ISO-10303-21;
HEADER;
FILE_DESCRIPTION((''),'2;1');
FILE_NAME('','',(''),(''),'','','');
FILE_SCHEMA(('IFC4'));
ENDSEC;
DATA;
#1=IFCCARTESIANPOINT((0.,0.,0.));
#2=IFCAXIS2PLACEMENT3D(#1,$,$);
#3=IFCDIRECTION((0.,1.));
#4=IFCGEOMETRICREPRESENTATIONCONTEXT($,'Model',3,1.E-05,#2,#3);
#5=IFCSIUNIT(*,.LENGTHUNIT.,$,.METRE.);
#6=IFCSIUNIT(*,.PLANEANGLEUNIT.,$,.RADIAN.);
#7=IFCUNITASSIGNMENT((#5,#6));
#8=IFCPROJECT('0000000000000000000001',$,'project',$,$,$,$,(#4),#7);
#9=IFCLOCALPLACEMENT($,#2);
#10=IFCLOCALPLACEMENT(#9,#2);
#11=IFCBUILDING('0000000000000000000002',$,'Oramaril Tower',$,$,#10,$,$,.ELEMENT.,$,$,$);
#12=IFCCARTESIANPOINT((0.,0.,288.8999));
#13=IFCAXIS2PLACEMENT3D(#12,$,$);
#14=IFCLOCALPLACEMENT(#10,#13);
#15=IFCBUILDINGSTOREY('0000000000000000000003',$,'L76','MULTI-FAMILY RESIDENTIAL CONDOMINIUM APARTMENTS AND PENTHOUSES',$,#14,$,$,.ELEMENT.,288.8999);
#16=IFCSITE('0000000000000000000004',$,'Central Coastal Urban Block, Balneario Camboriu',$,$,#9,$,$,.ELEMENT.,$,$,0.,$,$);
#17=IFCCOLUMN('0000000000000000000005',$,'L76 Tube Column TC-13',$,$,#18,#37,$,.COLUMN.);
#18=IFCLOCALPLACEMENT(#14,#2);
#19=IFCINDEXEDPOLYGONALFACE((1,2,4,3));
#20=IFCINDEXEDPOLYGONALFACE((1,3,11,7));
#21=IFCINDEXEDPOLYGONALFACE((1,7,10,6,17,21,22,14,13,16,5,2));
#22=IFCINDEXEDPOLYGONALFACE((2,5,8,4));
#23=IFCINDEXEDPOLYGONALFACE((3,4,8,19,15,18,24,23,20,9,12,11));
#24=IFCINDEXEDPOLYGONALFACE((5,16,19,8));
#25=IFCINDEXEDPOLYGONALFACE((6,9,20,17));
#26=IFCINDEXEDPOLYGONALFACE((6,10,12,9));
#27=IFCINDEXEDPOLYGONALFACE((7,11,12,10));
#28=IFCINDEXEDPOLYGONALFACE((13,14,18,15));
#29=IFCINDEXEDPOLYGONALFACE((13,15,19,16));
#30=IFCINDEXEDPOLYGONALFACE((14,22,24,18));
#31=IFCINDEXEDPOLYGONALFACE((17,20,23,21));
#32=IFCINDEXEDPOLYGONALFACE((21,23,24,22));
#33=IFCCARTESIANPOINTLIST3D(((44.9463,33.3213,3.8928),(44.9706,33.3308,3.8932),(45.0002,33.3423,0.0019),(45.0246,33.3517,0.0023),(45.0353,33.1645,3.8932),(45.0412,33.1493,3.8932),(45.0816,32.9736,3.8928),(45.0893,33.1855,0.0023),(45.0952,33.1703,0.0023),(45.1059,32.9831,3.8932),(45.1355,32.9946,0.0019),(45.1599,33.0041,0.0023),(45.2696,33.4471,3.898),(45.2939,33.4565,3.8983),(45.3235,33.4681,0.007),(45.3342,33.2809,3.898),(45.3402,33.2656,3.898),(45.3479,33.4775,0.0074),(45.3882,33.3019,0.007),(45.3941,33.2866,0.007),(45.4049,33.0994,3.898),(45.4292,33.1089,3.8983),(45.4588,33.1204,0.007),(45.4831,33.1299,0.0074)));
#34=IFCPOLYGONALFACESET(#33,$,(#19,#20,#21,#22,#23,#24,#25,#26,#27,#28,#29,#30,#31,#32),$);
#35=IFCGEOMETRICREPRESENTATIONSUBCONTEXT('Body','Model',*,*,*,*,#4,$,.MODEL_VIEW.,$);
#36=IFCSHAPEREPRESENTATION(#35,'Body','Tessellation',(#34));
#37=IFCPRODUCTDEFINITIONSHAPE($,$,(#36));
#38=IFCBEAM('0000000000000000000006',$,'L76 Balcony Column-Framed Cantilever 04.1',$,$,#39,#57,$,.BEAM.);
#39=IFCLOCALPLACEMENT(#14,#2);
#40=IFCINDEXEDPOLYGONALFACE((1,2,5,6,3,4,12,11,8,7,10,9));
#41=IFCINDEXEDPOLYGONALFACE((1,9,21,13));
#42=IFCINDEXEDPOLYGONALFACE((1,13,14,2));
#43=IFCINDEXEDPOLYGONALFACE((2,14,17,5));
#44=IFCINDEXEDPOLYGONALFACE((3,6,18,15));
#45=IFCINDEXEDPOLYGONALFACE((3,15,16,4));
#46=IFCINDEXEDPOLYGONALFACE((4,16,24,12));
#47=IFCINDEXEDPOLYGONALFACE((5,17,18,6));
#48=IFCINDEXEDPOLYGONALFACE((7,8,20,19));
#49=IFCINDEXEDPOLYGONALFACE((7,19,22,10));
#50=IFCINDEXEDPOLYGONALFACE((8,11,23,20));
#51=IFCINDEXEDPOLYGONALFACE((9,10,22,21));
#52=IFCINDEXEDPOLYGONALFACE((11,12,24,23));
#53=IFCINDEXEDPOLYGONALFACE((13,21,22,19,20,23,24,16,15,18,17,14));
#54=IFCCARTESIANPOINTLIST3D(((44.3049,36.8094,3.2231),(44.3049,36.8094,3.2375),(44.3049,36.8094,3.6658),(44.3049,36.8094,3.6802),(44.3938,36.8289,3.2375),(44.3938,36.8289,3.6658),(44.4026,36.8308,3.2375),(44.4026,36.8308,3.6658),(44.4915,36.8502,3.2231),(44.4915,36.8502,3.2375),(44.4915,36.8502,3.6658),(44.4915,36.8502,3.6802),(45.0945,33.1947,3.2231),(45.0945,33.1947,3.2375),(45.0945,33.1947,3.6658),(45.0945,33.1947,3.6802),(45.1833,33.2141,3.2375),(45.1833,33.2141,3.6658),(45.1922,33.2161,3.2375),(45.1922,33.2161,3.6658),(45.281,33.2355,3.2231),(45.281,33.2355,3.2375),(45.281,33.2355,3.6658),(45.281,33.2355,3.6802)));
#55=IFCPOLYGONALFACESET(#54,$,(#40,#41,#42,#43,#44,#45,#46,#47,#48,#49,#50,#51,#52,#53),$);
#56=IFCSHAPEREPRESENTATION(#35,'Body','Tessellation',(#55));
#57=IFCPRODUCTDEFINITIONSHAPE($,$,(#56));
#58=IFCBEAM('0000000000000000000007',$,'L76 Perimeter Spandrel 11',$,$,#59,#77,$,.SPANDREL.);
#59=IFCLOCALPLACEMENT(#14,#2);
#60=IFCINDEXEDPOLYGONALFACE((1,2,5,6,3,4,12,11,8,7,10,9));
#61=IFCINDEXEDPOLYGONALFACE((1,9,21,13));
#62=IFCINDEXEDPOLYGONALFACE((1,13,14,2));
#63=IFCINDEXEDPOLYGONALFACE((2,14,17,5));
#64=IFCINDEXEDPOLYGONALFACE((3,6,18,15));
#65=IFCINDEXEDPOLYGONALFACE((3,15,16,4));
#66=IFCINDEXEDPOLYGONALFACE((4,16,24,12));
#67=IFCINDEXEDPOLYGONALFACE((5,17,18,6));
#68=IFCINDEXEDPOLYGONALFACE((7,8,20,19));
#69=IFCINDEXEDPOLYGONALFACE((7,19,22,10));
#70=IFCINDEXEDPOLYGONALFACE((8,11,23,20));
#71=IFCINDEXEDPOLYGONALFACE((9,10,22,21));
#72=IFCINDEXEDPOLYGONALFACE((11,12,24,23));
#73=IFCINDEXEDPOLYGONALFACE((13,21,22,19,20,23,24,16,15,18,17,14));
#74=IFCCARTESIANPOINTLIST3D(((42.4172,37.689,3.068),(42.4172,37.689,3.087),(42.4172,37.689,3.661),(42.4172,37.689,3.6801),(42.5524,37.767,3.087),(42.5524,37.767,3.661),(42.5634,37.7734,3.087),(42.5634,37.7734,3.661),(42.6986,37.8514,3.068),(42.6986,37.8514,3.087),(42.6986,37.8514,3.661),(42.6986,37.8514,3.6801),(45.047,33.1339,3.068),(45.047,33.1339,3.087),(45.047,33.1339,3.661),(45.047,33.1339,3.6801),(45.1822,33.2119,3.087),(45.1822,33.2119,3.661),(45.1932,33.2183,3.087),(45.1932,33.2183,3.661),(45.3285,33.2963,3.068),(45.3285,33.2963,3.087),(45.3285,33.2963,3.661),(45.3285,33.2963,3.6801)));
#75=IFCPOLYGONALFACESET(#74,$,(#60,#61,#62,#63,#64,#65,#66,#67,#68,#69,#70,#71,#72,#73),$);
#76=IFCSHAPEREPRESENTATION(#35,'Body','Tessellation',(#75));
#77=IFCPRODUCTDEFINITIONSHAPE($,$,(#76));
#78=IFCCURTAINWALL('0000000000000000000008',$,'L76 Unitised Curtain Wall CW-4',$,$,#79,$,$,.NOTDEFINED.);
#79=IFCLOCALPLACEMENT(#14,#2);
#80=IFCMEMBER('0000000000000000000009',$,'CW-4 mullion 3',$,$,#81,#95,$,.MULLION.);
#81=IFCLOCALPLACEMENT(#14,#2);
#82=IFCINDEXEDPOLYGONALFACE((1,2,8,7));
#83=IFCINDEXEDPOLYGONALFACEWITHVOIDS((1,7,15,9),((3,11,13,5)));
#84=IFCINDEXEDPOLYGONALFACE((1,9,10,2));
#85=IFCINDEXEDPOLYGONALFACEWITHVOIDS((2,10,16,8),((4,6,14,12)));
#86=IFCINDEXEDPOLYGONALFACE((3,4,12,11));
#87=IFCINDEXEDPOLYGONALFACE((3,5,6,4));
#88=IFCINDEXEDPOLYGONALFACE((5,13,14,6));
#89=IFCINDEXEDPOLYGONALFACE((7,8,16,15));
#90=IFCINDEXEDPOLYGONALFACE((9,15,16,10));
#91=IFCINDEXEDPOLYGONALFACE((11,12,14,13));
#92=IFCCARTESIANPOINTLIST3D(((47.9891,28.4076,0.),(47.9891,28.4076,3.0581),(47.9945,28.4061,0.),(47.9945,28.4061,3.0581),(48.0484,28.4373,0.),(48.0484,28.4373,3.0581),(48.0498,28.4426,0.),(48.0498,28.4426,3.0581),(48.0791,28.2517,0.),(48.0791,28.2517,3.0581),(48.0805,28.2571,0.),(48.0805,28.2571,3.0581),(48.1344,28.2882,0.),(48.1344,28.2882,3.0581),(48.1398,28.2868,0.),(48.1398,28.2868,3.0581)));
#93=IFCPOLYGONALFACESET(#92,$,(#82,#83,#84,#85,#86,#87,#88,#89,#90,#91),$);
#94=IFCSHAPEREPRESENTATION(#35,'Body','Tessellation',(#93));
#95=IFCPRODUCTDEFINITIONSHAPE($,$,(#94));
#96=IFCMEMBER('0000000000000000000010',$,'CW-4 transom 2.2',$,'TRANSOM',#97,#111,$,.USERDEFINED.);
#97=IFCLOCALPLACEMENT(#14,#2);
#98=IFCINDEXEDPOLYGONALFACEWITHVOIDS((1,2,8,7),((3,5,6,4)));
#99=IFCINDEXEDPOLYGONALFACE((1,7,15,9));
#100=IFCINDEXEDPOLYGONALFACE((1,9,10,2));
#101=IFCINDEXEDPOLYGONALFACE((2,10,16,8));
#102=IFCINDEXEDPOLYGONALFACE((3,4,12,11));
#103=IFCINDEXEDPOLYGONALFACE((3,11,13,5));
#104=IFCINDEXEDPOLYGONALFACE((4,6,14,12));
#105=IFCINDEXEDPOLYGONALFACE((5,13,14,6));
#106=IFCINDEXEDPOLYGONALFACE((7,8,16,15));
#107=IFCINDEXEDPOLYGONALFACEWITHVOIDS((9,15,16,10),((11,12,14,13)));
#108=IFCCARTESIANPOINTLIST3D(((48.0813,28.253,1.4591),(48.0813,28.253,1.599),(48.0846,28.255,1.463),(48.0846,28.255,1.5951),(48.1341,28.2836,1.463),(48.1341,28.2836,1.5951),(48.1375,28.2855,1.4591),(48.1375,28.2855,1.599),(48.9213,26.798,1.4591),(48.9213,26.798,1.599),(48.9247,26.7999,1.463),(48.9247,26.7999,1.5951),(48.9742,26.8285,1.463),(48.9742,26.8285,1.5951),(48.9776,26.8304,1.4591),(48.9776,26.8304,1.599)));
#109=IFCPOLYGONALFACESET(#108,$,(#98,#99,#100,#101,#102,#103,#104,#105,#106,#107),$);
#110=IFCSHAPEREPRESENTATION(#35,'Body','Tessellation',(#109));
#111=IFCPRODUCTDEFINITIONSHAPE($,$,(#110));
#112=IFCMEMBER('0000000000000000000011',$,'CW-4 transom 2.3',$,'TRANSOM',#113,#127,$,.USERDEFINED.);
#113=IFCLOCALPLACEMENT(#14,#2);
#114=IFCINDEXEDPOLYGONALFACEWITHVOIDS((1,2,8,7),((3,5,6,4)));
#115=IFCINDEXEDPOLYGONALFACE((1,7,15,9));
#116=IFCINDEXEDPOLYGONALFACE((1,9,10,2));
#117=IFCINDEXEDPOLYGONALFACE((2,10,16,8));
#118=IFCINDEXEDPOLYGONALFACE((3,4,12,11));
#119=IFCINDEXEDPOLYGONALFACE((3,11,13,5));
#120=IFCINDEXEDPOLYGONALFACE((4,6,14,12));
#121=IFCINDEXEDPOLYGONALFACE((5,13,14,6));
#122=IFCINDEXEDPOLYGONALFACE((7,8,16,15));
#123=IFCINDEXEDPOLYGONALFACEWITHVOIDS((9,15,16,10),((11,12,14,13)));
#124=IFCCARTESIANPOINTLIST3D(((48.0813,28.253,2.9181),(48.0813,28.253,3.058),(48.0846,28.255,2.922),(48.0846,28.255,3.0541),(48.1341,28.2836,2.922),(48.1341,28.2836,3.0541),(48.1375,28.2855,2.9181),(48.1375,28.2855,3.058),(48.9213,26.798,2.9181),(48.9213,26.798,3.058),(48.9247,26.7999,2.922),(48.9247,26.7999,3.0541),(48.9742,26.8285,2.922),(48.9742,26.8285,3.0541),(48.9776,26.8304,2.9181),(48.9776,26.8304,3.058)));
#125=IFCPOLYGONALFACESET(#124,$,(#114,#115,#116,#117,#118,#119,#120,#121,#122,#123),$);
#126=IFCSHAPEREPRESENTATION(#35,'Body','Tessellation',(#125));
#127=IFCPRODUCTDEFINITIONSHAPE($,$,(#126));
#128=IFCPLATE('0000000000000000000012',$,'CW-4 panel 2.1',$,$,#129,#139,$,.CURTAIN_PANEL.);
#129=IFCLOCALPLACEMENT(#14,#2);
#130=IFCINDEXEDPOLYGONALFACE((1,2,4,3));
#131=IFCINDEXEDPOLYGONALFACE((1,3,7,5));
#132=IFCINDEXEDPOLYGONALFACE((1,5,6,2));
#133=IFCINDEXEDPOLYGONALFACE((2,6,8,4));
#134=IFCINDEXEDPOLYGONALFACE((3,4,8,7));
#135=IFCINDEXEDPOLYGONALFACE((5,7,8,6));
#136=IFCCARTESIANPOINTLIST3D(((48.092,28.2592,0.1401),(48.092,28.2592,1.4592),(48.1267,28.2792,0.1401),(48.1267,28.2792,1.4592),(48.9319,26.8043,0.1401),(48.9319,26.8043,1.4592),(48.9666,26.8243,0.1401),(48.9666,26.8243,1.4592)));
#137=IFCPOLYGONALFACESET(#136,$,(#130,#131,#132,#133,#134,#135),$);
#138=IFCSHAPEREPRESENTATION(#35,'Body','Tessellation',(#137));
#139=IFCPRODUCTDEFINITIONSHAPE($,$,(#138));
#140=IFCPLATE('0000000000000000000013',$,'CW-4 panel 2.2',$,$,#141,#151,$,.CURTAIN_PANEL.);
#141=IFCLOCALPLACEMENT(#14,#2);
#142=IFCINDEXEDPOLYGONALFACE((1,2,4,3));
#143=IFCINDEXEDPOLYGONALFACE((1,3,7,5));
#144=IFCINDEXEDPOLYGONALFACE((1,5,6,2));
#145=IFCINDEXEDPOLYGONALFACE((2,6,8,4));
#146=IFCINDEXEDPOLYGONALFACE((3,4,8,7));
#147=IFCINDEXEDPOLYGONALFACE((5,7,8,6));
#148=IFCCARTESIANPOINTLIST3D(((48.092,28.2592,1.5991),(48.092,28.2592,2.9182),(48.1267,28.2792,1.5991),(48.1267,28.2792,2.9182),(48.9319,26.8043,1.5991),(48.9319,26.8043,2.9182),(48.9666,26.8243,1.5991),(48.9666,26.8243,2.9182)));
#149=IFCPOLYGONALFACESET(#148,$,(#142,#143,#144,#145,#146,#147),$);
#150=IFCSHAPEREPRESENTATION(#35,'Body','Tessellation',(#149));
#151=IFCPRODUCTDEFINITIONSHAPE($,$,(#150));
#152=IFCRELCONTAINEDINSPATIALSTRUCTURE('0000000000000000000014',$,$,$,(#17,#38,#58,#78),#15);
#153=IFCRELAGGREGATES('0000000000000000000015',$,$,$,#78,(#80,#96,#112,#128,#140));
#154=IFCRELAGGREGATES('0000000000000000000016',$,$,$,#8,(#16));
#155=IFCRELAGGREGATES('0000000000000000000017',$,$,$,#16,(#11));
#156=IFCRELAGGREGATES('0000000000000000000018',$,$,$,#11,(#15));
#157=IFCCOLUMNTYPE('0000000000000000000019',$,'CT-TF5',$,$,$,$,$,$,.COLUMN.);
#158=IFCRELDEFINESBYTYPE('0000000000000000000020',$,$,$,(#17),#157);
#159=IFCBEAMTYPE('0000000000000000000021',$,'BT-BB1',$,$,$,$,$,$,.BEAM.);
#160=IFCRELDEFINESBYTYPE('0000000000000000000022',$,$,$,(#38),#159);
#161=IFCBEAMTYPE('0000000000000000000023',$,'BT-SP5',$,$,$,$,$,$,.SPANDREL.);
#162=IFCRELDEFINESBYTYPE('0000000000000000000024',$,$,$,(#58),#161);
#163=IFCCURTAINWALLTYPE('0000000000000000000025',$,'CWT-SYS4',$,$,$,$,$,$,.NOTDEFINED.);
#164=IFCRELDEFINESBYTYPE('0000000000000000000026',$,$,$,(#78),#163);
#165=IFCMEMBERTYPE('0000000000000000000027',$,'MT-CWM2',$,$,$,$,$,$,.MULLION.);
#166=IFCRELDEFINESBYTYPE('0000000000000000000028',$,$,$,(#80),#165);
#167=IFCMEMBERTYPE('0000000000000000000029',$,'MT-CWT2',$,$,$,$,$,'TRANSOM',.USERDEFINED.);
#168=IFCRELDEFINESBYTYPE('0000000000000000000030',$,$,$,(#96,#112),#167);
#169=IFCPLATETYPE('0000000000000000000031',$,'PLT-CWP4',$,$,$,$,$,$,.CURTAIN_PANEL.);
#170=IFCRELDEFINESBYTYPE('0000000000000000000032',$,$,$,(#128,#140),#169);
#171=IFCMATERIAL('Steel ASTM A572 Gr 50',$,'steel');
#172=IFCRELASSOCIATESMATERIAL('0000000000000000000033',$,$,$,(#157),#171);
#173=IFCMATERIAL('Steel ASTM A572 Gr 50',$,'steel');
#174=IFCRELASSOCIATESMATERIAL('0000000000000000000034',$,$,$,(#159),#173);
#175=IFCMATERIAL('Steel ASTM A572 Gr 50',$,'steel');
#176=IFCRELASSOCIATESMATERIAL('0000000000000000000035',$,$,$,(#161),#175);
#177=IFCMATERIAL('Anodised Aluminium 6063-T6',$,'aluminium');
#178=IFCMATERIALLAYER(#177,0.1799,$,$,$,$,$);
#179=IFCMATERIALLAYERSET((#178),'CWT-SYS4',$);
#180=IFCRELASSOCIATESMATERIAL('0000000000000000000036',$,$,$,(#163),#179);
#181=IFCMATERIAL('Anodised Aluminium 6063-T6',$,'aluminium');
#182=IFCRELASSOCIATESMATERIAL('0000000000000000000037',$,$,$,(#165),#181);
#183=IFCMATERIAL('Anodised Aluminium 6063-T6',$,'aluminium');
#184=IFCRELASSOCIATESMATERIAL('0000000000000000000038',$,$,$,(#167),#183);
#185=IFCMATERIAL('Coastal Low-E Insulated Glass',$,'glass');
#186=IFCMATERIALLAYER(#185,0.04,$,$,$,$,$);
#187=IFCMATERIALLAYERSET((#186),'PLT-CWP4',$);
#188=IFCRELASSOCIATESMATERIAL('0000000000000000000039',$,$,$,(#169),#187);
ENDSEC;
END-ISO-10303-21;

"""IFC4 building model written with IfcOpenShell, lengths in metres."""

from ifc_helpers import new_model, si_unit, direction, frame, origin, origin_2d, place, context, subcontext, project, spatial, rectangle, hollow_rectangle, i_section, extrude, material, layer, layer_set, material_profile, profile_set, type_object, element, aggregate, save


model = new_model("IFC4")

# Units and contexts
model_context = context("Model", 3, precision=1e-05, world=origin(), true_north=direction((0.0, 1.0)))
body_context = subcontext(model_context, "Body", "Model", "MODEL_VIEW")
ifc_project = project(units=[si_unit("LENGTHUNIT", "METRE"), si_unit("PLANEANGLEUNIT", "RADIAN")], contexts=[model_context])

# Site, building, storey
site_placement = place(None, origin())
site = spatial("IfcSite", under=ifc_project, at=site_placement, Name="Central Coastal Urban Block, Balneario Camboriu", CompositionType="ELEMENT", RefElevation=0.0)
building_placement = place(site_placement, origin())
building = spatial("IfcBuilding", under=site, at=building_placement, Name="Oramaril Tower", CompositionType="ELEMENT")
storey_placement = place(building_placement, frame((0.0, 0.0, 288.8999)))
storey = spatial("IfcBuildingStorey", under=building, at=storey_placement, Name="L76", Description="MULTI-FAMILY RESIDENTIAL CONDOMINIUM APARTMENTS AND PENTHOUSES", CompositionType="ELEMENT", Elevation=288.8999)

# Column
ifc_material_1 = material(Name="Steel ASTM A572 Gr 50", Category="steel")
ifc_material_profile_1 = material_profile(ifc_material_1, i_section(OverallWidth=0.373, OverallDepth=0.373, WebThickness=0.0164, FlangeThickness=0.0261, at=origin_2d()), Name="W14X132")
ifc_profile_set_1 = profile_set([ifc_material_profile_1], Name="Steel ASTM A572 Gr 50")
column_type = type_object("IfcColumnType", Name="CT-TF5", PredefinedType="COLUMN", material=ifc_profile_set_1)
column_placement = place(storey_placement, frame((45.2417, 33.2361, 0.0046), z_axis=(-0.013866, -0.005396, 0.999889), x_axis=(0.36265, -0.931926, 0.0)))
element("IfcColumn", 1, at=column_placement, inside=storey, type_object=column_type, Name="L76 Tube Column TC-13", PredefinedType="COLUMN", context=body_context, shape_type="SweptSolid", body=[
    extrude(i_section(OverallWidth=0.373, OverallDepth=0.373, WebThickness=0.0164, FlangeThickness=0.0261, at=origin_2d()), origin(), (0.0, 0.0, 1.0), 3.8914),
])

# Beams
ifc_material_2 = material(Name="Steel ASTM A572 Gr 50", Category="steel")
ifc_material_profile_2 = material_profile(ifc_material_2, i_section(OverallWidth=0.1909, OverallDepth=0.457, WebThickness=0.009, FlangeThickness=0.0144, at=origin_2d()), Name="W18X50")
ifc_profile_set_2 = profile_set([ifc_material_profile_2], Name="Steel ASTM A572 Gr 50")
beam_type_1 = type_object("IfcBeamType", Name="BT-BB1", PredefinedType="BEAM", material=ifc_profile_set_2)
beam_1_placement = place(storey_placement, frame((45.1877, 33.2151, 3.4517), z_axis=(-0.213394, 0.976966, 0.0), x_axis=(-0.976966, -0.213394, 0.0)))
element("IfcBeam", 2, at=beam_1_placement, inside=storey, type_object=beam_type_1, Name="L76 Balcony Column-Framed Cantilever 04.1", PredefinedType="BEAM", context=body_context, shape_type="SweptSolid", body=[
    extrude(i_section(OverallWidth=0.1909, OverallDepth=0.457, WebThickness=0.009, FlangeThickness=0.0144, at=origin_2d()), origin(), (0.0, 0.0, 1.0), 3.7),
])
ifc_material_3 = material(Name="Steel ASTM A572 Gr 50", Category="steel")
ifc_material_profile_3 = material_profile(ifc_material_3, i_section(OverallWidth=0.325, OverallDepth=0.6121, WebThickness=0.0127, FlangeThickness=0.019, at=origin_2d()), Name="W24X104")
ifc_profile_set_3 = profile_set([ifc_material_profile_3], Name="Steel ASTM A572 Gr 50")
beam_type_2 = type_object("IfcBeamType", Name="BT-SP5", PredefinedType="SPANDREL", material=ifc_profile_set_3)
beam_2_placement = place(storey_placement, frame((45.1877, 33.2151, 3.374), z_axis=(-0.499993, 0.866029, 0.0), x_axis=(-0.866029, -0.499993, 0.0)))
element("IfcBeam", 3, at=beam_2_placement, inside=storey, type_object=beam_type_2, Name="L76 Perimeter Spandrel 11", PredefinedType="SPANDREL", context=body_context, shape_type="SweptSolid", body=[
    extrude(i_section(OverallWidth=0.325, OverallDepth=0.6121, WebThickness=0.0127, FlangeThickness=0.019, at=origin_2d()), origin(), (0.0, 0.0, 1.0), 5.2598),
])

# Curtain wall, members, plates
ifc_material_4 = material(Name="Anodised Aluminium 6063-T6", Category="aluminium")
ifc_layer_1 = layer(ifc_material_4, 0.1799)
ifc_layer_set_1 = layer_set([ifc_layer_1], Name="CWT-SYS4")
curtain_wall_type = type_object("IfcCurtainWallType", Name="CWT-SYS4", PredefinedType="NOTDEFINED", material=ifc_layer_set_1)
curtain_wall_placement = place(storey_placement, origin())
curtain_wall = element("IfcCurtainWall", 4, at=curtain_wall_placement, inside=storey, type_object=curtain_wall_type, Name="L76 Unitised Curtain Wall CW-4", PredefinedType="NOTDEFINED")
ifc_material_5 = material(Name="Anodised Aluminium 6063-T6", Category="aluminium")
ifc_material_profile_4 = material_profile(ifc_material_5, hollow_rectangle(XDim=0.0701, YDim=0.1799, WallThickness=0.0039, at=origin_2d()), Name="CWM180X70")
ifc_profile_set_4 = profile_set([ifc_material_profile_4], Name="Anodised Aluminium 6063-T6")
member_type_1 = type_object("IfcMemberType", Name="MT-CWM2", PredefinedType="MULLION", material=ifc_profile_set_4)
member_1_placement = place(storey_placement, frame((48.0645, 28.3472, 0.0), z_axis=(0.0, 0.0, 1.0), x_axis=(-0.866025, -0.5, 0.0)))
member_1 = element("IfcMember", 5, at=member_1_placement, type_object=member_type_1, Name="CW-4 mullion 3", PredefinedType="MULLION", context=body_context, shape_type="SweptSolid", body=[
    extrude(hollow_rectangle(XDim=0.0701, YDim=0.1799, WallThickness=0.0039, at=origin_2d()), origin(), (0.0, 0.0, 1.0), 3.0581),
])
ifc_material_6 = material(Name="Anodised Aluminium 6063-T6", Category="aluminium")
ifc_material_profile_5 = material_profile(ifc_material_6, hollow_rectangle(XDim=0.0649, YDim=0.1399, WallThickness=0.0039, at=origin_2d()), Name="CWT140X65")
ifc_profile_set_5 = profile_set([ifc_material_profile_5], Name="Anodised Aluminium 6063-T6")
member_type_2 = type_object("IfcMemberType", Name="MT-CWT2", ElementType="TRANSOM", PredefinedType="USERDEFINED", material=ifc_profile_set_5)
member_2_placement = place(storey_placement, frame((48.9495, 26.8142, 1.5291), z_axis=(-0.499999, 0.866026, 0.0), x_axis=(-0.866026, -0.499999, 0.0)))
member_2 = element("IfcMember", 6, at=member_2_placement, type_object=member_type_2, Name="CW-4 transom 2.2", ObjectType="TRANSOM", PredefinedType="USERDEFINED", context=body_context, shape_type="SweptSolid", body=[
    extrude(hollow_rectangle(XDim=0.0649, YDim=0.1399, WallThickness=0.0039, at=origin_2d()), origin(), (0.0, 0.0, 1.0), 1.6802),
])
member_3_placement = place(storey_placement, frame((48.9495, 26.8142, 2.988), z_axis=(-0.499999, 0.866026, 0.0), x_axis=(-0.866026, -0.499999, 0.0)))
member_3 = element("IfcMember", 7, at=member_3_placement, type_object=member_type_2, Name="CW-4 transom 2.3", ObjectType="TRANSOM", PredefinedType="USERDEFINED", context=body_context, shape_type="SweptSolid", body=[
    extrude(hollow_rectangle(XDim=0.0649, YDim=0.1399, WallThickness=0.0039, at=origin_2d()), origin(), (0.0, 0.0, 1.0), 1.6802),
])
ifc_material_7 = material(Name="Coastal Low-E Insulated Glass", Category="glass")
ifc_layer_2 = layer(ifc_material_7, 0.04)
ifc_layer_set_2 = layer_set([ifc_layer_2], Name="PLT-CWP4")
plate_type = type_object("IfcPlateType", Name="PLT-CWP4", PredefinedType="CURTAIN_PANEL", material=ifc_layer_set_2)
plate_1_placement = place(storey_placement, frame((48.5293, 27.5417, 0.1401), z_axis=(0.0, 0.0, 1.0), x_axis=(-0.5, 0.866025, 0.0)))
plate_1 = element("IfcPlate", 8, at=plate_1_placement, type_object=plate_type, Name="CW-4 panel 2.1", PredefinedType="CURTAIN_PANEL", context=body_context, shape_type="SweptSolid", body=[
    extrude(rectangle(XDim=1.6799, YDim=0.04, at=origin_2d()), origin(), (0.0, 0.0, 1.0), 1.3191),
])
plate_2_placement = place(storey_placement, frame((48.5293, 27.5417, 1.5991), z_axis=(0.0, 0.0, 1.0), x_axis=(-0.5, 0.866025, 0.0)))
plate_2 = element("IfcPlate", 9, at=plate_2_placement, type_object=plate_type, Name="CW-4 panel 2.2", PredefinedType="CURTAIN_PANEL", context=body_context, shape_type="SweptSolid", body=[
    extrude(rectangle(XDim=1.6799, YDim=0.04, at=origin_2d()), origin(), (0.0, 0.0, 1.0), 1.3191),
])
aggregate(curtain_wall, [member_1, member_2, member_3, plate_1, plate_2])

save(model, "model.ifc")
